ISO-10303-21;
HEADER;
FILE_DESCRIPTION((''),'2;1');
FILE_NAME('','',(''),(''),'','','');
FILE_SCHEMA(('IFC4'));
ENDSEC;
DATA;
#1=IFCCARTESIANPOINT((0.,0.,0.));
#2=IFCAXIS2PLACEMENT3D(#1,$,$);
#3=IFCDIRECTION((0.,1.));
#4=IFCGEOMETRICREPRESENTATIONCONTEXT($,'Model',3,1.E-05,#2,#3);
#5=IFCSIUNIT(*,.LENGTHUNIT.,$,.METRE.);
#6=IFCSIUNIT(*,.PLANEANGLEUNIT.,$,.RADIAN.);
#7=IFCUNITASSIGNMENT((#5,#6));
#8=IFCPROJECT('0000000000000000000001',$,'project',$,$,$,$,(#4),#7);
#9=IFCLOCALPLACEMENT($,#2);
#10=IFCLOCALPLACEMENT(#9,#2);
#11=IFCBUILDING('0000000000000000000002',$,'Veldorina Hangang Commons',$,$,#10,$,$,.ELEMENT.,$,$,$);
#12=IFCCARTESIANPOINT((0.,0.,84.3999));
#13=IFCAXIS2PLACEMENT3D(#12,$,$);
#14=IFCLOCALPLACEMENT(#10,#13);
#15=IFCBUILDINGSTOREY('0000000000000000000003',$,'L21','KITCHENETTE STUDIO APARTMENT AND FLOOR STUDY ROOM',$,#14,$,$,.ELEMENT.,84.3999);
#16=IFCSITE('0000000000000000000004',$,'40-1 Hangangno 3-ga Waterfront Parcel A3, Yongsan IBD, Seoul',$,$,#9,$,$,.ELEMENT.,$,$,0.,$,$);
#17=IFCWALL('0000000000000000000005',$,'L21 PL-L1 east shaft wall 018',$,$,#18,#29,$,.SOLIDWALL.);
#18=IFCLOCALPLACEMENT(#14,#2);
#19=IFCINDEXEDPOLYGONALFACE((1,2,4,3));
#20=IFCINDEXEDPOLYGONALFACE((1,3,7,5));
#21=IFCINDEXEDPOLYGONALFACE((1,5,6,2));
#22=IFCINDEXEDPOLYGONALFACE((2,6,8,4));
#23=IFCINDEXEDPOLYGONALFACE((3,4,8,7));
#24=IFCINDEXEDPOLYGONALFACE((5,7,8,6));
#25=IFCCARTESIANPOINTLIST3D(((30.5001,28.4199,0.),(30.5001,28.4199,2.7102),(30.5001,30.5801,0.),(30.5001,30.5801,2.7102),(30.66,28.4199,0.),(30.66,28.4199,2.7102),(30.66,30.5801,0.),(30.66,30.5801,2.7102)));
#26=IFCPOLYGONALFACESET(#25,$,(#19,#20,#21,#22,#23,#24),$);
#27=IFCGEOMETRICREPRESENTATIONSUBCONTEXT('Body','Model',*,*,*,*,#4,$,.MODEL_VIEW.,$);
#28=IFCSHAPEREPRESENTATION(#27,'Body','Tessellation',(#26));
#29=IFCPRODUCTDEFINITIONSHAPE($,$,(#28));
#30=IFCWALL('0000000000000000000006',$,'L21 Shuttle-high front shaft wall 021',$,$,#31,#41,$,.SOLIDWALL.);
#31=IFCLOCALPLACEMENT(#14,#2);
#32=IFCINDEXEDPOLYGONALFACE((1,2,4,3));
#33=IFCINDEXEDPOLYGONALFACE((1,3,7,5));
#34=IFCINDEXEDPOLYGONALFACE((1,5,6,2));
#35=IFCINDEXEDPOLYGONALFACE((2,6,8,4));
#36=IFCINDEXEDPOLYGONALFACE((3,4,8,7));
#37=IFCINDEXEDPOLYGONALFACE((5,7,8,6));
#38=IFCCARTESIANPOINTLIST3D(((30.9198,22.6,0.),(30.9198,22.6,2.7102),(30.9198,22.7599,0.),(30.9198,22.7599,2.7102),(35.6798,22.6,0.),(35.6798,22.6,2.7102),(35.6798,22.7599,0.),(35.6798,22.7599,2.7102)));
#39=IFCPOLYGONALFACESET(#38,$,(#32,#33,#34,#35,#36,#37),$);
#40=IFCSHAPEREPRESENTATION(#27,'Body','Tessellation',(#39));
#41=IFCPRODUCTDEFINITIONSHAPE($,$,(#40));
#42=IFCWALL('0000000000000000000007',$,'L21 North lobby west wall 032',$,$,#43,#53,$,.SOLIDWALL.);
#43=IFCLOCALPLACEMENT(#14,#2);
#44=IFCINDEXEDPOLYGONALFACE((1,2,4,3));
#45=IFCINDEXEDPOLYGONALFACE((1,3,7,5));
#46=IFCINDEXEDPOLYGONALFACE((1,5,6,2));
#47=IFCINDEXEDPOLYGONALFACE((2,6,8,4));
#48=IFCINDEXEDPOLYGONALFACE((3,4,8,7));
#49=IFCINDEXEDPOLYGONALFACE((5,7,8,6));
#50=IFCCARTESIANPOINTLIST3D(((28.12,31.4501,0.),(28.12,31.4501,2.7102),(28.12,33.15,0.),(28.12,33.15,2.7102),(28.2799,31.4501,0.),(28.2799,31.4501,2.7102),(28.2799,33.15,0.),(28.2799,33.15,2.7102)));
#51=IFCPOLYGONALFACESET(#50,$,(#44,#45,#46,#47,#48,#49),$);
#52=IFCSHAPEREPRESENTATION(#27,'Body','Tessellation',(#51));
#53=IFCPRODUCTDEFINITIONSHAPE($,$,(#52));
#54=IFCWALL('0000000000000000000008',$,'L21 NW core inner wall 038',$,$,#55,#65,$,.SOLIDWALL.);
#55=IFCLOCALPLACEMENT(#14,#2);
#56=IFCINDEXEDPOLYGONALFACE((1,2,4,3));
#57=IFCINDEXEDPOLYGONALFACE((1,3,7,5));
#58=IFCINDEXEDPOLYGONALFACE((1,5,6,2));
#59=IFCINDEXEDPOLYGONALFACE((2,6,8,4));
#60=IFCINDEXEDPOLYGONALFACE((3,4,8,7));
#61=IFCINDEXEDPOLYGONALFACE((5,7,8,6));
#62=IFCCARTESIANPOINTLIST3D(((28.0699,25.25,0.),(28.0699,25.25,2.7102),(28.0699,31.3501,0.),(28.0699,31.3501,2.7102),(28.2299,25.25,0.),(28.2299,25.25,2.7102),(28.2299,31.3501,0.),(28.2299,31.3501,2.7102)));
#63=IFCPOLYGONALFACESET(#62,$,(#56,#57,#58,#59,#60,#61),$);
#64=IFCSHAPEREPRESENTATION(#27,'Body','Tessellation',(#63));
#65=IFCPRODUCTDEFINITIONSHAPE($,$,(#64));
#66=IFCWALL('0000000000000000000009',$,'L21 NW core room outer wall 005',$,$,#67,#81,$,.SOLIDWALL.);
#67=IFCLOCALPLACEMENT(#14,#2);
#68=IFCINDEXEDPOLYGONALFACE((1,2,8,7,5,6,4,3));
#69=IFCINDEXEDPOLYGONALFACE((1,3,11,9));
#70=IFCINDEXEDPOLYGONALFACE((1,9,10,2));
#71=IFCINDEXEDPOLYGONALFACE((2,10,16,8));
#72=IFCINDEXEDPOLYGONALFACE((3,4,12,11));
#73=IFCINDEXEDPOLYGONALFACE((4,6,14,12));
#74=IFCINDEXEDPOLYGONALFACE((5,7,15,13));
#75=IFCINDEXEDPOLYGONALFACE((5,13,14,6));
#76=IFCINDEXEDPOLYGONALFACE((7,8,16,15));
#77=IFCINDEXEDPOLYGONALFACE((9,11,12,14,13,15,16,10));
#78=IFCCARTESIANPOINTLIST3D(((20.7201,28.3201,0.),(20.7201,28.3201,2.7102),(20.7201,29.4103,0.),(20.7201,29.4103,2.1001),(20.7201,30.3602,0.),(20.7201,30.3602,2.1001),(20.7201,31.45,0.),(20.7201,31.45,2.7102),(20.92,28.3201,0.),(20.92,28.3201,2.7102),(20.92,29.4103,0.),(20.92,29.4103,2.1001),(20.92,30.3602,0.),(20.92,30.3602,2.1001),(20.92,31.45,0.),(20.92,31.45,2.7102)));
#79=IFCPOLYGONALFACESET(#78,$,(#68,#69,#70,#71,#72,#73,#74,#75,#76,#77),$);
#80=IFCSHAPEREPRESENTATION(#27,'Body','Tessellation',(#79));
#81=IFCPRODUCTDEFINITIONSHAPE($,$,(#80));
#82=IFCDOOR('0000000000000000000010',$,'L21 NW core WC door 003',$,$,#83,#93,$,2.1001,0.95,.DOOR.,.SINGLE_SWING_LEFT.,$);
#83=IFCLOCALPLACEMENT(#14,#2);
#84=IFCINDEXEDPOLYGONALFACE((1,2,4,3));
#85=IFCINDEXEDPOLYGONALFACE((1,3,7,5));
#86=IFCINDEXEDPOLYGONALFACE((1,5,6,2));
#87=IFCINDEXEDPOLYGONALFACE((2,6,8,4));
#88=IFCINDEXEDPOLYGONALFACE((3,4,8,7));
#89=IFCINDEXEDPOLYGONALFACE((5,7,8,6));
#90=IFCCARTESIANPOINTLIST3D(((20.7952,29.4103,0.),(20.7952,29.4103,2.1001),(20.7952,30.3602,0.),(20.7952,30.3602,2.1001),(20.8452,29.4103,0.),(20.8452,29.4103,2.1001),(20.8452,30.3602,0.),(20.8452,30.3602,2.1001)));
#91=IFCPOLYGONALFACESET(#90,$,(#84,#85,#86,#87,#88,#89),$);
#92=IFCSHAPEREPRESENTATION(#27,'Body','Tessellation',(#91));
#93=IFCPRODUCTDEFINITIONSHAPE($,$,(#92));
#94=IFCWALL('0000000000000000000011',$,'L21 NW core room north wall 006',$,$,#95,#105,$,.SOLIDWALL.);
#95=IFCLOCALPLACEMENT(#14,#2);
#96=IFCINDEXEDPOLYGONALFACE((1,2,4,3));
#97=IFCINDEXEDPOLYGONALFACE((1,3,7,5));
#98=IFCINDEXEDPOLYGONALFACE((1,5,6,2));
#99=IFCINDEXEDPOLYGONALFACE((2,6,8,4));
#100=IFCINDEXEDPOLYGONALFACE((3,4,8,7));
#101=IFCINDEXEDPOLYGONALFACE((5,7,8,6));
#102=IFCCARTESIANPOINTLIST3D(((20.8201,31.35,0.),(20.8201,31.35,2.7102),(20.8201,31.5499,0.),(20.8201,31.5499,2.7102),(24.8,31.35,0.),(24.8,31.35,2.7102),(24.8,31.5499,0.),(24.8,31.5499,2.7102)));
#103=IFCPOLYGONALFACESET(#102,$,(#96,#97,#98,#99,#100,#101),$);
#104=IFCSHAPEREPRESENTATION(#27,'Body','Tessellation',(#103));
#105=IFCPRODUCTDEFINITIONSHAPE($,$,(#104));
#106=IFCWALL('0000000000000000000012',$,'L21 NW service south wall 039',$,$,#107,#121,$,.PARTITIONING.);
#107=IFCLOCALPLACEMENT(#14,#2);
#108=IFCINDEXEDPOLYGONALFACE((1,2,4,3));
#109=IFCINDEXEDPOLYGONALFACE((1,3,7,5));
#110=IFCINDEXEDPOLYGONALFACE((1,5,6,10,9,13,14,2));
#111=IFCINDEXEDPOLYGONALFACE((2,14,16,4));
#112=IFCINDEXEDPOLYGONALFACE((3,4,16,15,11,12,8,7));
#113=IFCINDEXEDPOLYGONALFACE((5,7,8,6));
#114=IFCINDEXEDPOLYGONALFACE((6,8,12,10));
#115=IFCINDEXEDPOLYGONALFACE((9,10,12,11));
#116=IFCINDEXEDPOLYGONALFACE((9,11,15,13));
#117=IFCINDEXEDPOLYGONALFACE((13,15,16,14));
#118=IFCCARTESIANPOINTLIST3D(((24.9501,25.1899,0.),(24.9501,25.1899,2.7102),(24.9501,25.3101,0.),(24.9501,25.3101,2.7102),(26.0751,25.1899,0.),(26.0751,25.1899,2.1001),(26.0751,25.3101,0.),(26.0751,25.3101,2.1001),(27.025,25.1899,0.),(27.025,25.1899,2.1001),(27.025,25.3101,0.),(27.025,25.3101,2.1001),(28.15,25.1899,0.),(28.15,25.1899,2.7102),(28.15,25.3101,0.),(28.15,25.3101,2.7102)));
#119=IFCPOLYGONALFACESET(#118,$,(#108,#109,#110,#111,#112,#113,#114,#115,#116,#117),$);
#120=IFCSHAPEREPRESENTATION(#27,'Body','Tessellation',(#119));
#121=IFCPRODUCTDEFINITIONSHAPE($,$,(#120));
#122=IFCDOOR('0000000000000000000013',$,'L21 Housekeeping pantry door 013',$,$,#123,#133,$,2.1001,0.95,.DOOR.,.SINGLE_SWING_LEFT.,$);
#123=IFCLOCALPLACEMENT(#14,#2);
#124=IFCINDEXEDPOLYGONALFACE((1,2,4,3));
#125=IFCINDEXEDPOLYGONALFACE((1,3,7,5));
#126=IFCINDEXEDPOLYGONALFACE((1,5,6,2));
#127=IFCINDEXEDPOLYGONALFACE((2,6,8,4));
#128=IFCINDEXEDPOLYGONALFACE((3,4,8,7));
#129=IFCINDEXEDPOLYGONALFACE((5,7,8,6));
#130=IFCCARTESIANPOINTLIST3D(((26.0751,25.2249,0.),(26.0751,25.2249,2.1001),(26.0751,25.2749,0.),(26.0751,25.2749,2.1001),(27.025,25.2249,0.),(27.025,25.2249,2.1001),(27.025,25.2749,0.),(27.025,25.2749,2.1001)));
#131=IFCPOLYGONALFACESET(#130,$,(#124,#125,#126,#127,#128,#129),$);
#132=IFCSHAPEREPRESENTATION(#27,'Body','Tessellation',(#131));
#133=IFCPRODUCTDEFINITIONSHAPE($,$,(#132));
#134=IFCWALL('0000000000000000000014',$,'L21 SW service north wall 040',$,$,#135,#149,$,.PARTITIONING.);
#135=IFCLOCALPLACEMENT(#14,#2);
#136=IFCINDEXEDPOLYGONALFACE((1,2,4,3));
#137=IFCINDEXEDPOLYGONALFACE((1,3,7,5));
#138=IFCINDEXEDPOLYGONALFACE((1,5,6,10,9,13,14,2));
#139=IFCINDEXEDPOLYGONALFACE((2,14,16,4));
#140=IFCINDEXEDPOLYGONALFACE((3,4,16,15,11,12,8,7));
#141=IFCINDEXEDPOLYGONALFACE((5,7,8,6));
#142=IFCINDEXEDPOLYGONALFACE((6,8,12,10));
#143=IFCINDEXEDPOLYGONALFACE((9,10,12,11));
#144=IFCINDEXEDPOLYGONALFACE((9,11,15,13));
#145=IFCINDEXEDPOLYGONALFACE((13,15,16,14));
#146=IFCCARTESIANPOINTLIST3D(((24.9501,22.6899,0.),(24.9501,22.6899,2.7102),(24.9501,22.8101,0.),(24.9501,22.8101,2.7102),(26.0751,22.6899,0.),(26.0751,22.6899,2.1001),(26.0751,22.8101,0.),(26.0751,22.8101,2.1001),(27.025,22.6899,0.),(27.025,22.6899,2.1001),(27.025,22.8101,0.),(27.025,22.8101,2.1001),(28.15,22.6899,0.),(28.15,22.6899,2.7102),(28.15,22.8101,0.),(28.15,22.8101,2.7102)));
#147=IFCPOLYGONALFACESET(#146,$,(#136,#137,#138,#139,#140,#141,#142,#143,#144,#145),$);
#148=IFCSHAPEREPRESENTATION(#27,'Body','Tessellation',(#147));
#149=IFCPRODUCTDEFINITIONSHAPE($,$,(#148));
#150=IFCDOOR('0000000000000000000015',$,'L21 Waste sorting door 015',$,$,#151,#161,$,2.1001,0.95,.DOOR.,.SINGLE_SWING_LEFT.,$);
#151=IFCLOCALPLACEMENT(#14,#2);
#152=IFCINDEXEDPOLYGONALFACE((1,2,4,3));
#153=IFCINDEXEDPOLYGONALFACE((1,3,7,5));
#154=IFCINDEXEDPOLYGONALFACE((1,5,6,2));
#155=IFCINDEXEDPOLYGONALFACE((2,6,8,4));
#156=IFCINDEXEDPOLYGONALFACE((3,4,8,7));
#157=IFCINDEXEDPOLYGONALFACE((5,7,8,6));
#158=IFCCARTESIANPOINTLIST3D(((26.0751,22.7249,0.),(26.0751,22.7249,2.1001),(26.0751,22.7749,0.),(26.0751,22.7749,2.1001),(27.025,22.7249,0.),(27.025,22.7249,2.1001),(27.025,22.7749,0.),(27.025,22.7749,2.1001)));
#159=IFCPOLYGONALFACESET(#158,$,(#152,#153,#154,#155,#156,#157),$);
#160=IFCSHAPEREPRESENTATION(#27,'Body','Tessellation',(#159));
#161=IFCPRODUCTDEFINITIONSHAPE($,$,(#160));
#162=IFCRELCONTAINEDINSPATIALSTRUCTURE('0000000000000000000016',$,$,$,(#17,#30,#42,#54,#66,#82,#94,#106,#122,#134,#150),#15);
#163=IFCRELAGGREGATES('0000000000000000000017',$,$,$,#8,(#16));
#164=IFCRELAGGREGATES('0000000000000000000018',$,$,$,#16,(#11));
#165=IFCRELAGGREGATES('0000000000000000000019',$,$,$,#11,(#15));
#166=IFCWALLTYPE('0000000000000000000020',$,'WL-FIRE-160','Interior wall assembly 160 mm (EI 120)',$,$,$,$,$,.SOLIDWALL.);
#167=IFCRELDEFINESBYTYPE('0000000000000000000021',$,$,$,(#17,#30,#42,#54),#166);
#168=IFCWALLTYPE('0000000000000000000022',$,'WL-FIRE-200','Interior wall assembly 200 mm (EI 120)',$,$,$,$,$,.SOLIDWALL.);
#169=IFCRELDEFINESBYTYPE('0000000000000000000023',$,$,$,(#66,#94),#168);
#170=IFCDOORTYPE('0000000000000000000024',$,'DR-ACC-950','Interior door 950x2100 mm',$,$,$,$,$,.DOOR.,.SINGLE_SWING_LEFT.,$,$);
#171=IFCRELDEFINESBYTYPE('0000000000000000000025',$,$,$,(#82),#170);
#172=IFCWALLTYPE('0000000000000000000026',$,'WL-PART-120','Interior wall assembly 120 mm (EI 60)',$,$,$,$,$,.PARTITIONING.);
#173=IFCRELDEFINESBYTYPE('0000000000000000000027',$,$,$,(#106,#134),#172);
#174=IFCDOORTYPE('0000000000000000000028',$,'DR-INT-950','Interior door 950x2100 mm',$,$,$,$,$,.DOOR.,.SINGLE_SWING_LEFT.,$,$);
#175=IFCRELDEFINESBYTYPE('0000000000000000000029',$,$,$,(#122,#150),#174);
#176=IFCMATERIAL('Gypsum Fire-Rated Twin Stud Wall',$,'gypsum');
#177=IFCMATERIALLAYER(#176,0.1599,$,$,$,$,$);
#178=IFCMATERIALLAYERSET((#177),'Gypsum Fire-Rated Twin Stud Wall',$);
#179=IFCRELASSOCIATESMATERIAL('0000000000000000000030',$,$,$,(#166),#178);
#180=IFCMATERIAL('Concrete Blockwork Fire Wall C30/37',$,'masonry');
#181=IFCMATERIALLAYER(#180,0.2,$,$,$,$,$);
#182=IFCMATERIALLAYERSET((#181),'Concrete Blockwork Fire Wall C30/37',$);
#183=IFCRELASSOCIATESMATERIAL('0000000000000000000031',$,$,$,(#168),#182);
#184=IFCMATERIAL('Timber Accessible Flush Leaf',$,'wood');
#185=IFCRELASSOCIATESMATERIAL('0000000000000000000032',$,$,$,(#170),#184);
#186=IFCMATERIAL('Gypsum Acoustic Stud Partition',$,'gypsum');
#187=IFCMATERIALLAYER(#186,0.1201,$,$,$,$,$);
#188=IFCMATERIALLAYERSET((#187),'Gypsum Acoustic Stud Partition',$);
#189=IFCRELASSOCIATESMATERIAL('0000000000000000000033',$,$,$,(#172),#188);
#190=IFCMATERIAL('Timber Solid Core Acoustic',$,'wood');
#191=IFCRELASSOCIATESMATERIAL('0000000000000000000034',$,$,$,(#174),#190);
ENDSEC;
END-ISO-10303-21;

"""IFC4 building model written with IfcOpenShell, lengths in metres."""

from ifc_helpers import new_model, si_unit, direction, frame, frame_2d, origin, place, context, subcontext, project, spatial, rectangle, extrude, material, layer, layer_set, type_object, element, fill, save


model = new_model("IFC4")

# Units and contexts
model_context = context("Model", 3, precision=1e-05, world=origin(), true_north=direction((0.0, 1.0)))
body_context = subcontext(model_context, "Body", "Model", "MODEL_VIEW")
ifc_project = project(units=[si_unit("LENGTHUNIT", "METRE"), si_unit("PLANEANGLEUNIT", "RADIAN")], contexts=[model_context])

# Site, building, storey
site_placement = place(None, origin())
site = spatial("IfcSite", under=ifc_project, at=site_placement, Name="40-1 Hangangno 3-ga Waterfront Parcel A3, Yongsan IBD, Seoul", CompositionType="ELEMENT", RefElevation=0.0)
building_placement = place(site_placement, origin())
building = spatial("IfcBuilding", under=site, at=building_placement, Name="Veldorina Hangang Commons", CompositionType="ELEMENT")
storey_placement = place(building_placement, frame((0.0, 0.0, 84.3999)))
storey = spatial("IfcBuildingStorey", under=building, at=storey_placement, Name="L21", Description="KITCHENETTE STUDIO APARTMENT AND FLOOR STUDY ROOM", CompositionType="ELEMENT", Elevation=84.3999)

# Shared definitions
ifc_material_1 = material(Name="Gypsum Fire-Rated Twin Stud Wall", Category="gypsum")
ifc_layer_1 = layer(ifc_material_1, 0.1599)
ifc_layer_set_1 = layer_set([ifc_layer_1], Name="Gypsum Fire-Rated Twin Stud Wall")
wall_type_1 = type_object("IfcWallType", Name="WL-FIRE-160", Description="Interior wall assembly 160 mm (EI 120)", PredefinedType="SOLIDWALL", material=ifc_layer_set_1)

# Walls
for number, where, z_axis, x_axis, name in (
    (1, (30.5801, 28.4199, 0.0), (0.0, 0.0, 1.0), (0.0, 1.0, 0.0), "L21 PL-L1 east shaft wall 018"),
):
    element("IfcWall", number, at=place(storey_placement, frame(where, z_axis=z_axis, x_axis=x_axis)), inside=storey, type_object=wall_type_1, Name=name, PredefinedType="SOLIDWALL", context=body_context, shape_type="SweptSolid", body=[
        extrude(rectangle(XDim=2.1602, YDim=0.1599, at=frame_2d((1.0801, 0.0))), origin(), (0.0, 0.0, 1.0), 2.7102),
    ])
wall_1_placement = place(storey_placement, frame((30.9199, 22.6799, 0.0), z_axis=(0.0, 0.0, 1.0), x_axis=(1.0, 0.0, 0.0)))
element("IfcWall", 2, at=wall_1_placement, inside=storey, type_object=wall_type_1, Name="L21 Shuttle-high front shaft wall 021", PredefinedType="SOLIDWALL", context=body_context, shape_type="SweptSolid", body=[
    extrude(rectangle(XDim=4.76, YDim=0.1599, at=frame_2d((2.3799, 0.0))), origin(), (0.0, 0.0, 1.0), 2.7102),
])
wall_2_placement = place(storey_placement, frame((28.2, 31.45, 0.0), z_axis=(0.0, 0.0, 1.0), x_axis=(0.0, 1.0, 0.0)))
element("IfcWall", 3, at=wall_2_placement, inside=storey, type_object=wall_type_1, Name="L21 North lobby west wall 032", PredefinedType="SOLIDWALL", context=body_context, shape_type="SweptSolid", body=[
    extrude(rectangle(XDim=1.7, YDim=0.1599, at=frame_2d((0.8501, 0.0))), origin(), (0.0, 0.0, 1.0), 2.7102),
])
wall_3_placement = place(storey_placement, frame((28.1499, 25.25, 0.0), z_axis=(0.0, 0.0, 1.0), x_axis=(0.0, 1.0, 0.0)))
element("IfcWall", 4, at=wall_3_placement, inside=storey, type_object=wall_type_1, Name="L21 NW core inner wall 038", PredefinedType="SOLIDWALL", context=body_context, shape_type="SweptSolid", body=[
    extrude(rectangle(XDim=6.1001, YDim=0.1599, at=frame_2d((3.05, 0.0))), origin(), (0.0, 0.0, 1.0), 2.7102),
])

# Wall, opening, door
ifc_material_2 = material(Name="Concrete Blockwork Fire Wall C30/37", Category="masonry")
ifc_layer_2 = layer(ifc_material_2, 0.2)
ifc_layer_set_2 = layer_set([ifc_layer_2], Name="Concrete Blockwork Fire Wall C30/37")
wall_type_2 = type_object("IfcWallType", Name="WL-FIRE-200", Description="Interior wall assembly 200 mm (EI 120)", PredefinedType="SOLIDWALL", material=ifc_layer_set_2)
wall_4_placement = place(storey_placement, frame((20.8201, 28.3201, 0.0), z_axis=(0.0, 0.0, 1.0), x_axis=(0.0, 1.0, 0.0)))
wall_4 = element("IfcWall", 5, at=wall_4_placement, inside=storey, type_object=wall_type_2, Name="L21 NW core room outer wall 005", PredefinedType="SOLIDWALL", context=body_context, shape_type="SweptSolid", body=[
    extrude(rectangle(XDim=3.1299, YDim=0.2, at=frame_2d((1.5649, 0.0))), origin(), (0.0, 0.0, 1.0), 2.7102),
])
opening_1_placement = place(wall_4_placement, frame((1.0901, 0.0, 0.0)))
opening_1 = element("IfcOpeningElement", 6, at=opening_1_placement, cuts=wall_4, PredefinedType="OPENING", context=body_context, shape_type="SweptSolid", body=[
    extrude(rectangle(XDim=0.95, YDim=2.1001, at=frame_2d((0.4751, 1.05))), frame((0.0, 0.1099, 0.0), z_axis=(0.0, -1.0, 0.0), x_axis=(1.0, 0.0, 0.0)), (0.0, 0.0, 1.0), 0.22),
])
ifc_material_3 = material(Name="Timber Accessible Flush Leaf", Category="wood")
door_type_1 = type_object("IfcDoorType", Name="DR-ACC-950", Description="Interior door 950x2100 mm", OperationType="SINGLE_SWING_LEFT", PredefinedType="DOOR", material=ifc_material_3)
door_1_placement = place(opening_1_placement, origin())
door_1 = element("IfcDoor", 7, at=door_1_placement, inside=storey, type_object=door_type_1, Name="L21 NW core WC door 003", OperationType="SINGLE_SWING_LEFT", OverallHeight=2.1001, OverallWidth=0.95, PredefinedType="DOOR", context=body_context, shape_type="SweptSolid", body=[
    extrude(rectangle(XDim=0.95, YDim=2.1001, at=frame_2d((0.4751, 1.05))), frame((0.0, 0.0249, 0.0), z_axis=(0.0, -1.0, 0.0), x_axis=(1.0, 0.0, 0.0)), (0.0, 0.0, 1.0), 0.05),
])
fill(opening_1, door_1)

# Wall
wall_5_placement = place(storey_placement, frame((20.8201, 31.45, 0.0), z_axis=(0.0, 0.0, 1.0), x_axis=(1.0, 0.0, 0.0)))
element("IfcWall", 8, at=wall_5_placement, inside=storey, type_object=wall_type_2, Name="L21 NW core room north wall 006", PredefinedType="SOLIDWALL", context=body_context, shape_type="SweptSolid", body=[
    extrude(rectangle(XDim=3.98, YDim=0.2, at=frame_2d((1.99, 0.0))), origin(), (0.0, 0.0, 1.0), 2.7102),
])

# Walls, openings, doors
ifc_material_4 = material(Name="Gypsum Acoustic Stud Partition", Category="gypsum")
ifc_layer_3 = layer(ifc_material_4, 0.1201)
ifc_layer_set_3 = layer_set([ifc_layer_3], Name="Gypsum Acoustic Stud Partition")
wall_type_3 = type_object("IfcWallType", Name="WL-PART-120", Description="Interior wall assembly 120 mm (EI 60)", PredefinedType="PARTITIONING", material=ifc_layer_set_3)
wall_6_placement = place(storey_placement, frame((24.95, 25.25, 0.0), z_axis=(0.0, 0.0, 1.0), x_axis=(1.0, 0.0, 0.0)))
wall_6 = element("IfcWall", 9, at=wall_6_placement, inside=storey, type_object=wall_type_3, Name="L21 NW service south wall 039", PredefinedType="PARTITIONING", context=body_context, shape_type="SweptSolid", body=[
    extrude(rectangle(XDim=3.2, YDim=0.1201, at=frame_2d((1.6001, 0.0))), origin(), (0.0, 0.0, 1.0), 2.7102),
])
opening_2_placement = place(wall_6_placement, frame((1.125, 0.0, 0.0)))
opening_2 = element("IfcOpeningElement", 10, at=opening_2_placement, cuts=wall_6, PredefinedType="OPENING", context=body_context, shape_type="SweptSolid", body=[
    extrude(rectangle(XDim=0.95, YDim=2.1001, at=frame_2d((0.4751, 1.05))), frame((0.0, 0.0701, 0.0), z_axis=(0.0, -1.0, 0.0), x_axis=(1.0, 0.0, 0.0)), (0.0, 0.0, 1.0), 0.1401),
])
ifc_material_5 = material(Name="Timber Solid Core Acoustic", Category="wood")
door_type_2 = type_object("IfcDoorType", Name="DR-INT-950", Description="Interior door 950x2100 mm", OperationType="SINGLE_SWING_LEFT", PredefinedType="DOOR", material=ifc_material_5)
door_2_placement = place(opening_2_placement, origin())
door_2 = element("IfcDoor", 11, at=door_2_placement, inside=storey, type_object=door_type_2, Name="L21 Housekeeping pantry door 013", OperationType="SINGLE_SWING_LEFT", OverallHeight=2.1001, OverallWidth=0.95, PredefinedType="DOOR", context=body_context, shape_type="SweptSolid", body=[
    extrude(rectangle(XDim=0.95, YDim=2.1001, at=frame_2d((0.4751, 1.05))), frame((0.0, 0.0249, 0.0), z_axis=(0.0, -1.0, 0.0), x_axis=(1.0, 0.0, 0.0)), (0.0, 0.0, 1.0), 0.05),
])
fill(opening_2, door_2)
wall_7_placement = place(storey_placement, frame((24.95, 22.75, 0.0), z_axis=(0.0, 0.0, 1.0), x_axis=(1.0, 0.0, 0.0)))
wall_7 = element("IfcWall", 12, at=wall_7_placement, inside=storey, type_object=wall_type_3, Name="L21 SW service north wall 040", PredefinedType="PARTITIONING", context=body_context, shape_type="SweptSolid", body=[
    extrude(rectangle(XDim=3.2, YDim=0.1201, at=frame_2d((1.6001, 0.0))), origin(), (0.0, 0.0, 1.0), 2.7102),
])
opening_3_placement = place(wall_7_placement, frame((1.125, 0.0, 0.0)))
opening_3 = element("IfcOpeningElement", 13, at=opening_3_placement, cuts=wall_7, PredefinedType="OPENING", context=body_context, shape_type="SweptSolid", body=[
    extrude(rectangle(XDim=0.95, YDim=2.1001, at=frame_2d((0.4751, 1.05))), frame((0.0, 0.0701, 0.0), z_axis=(0.0, -1.0, 0.0), x_axis=(1.0, 0.0, 0.0)), (0.0, 0.0, 1.0), 0.1401),
])
door_3_placement = place(opening_3_placement, origin())
door_3 = element("IfcDoor", 14, at=door_3_placement, inside=storey, type_object=door_type_2, Name="L21 Waste sorting door 015", OperationType="SINGLE_SWING_LEFT", OverallHeight=2.1001, OverallWidth=0.95, PredefinedType="DOOR", context=body_context, shape_type="SweptSolid", body=[
    extrude(rectangle(XDim=0.95, YDim=2.1001, at=frame_2d((0.4751, 1.05))), frame((0.0, 0.0249, 0.0), z_axis=(0.0, -1.0, 0.0), x_axis=(1.0, 0.0, 0.0)), (0.0, 0.0, 1.0), 0.05),
])
fill(opening_3, door_3)

save(model, "model.ifc")
